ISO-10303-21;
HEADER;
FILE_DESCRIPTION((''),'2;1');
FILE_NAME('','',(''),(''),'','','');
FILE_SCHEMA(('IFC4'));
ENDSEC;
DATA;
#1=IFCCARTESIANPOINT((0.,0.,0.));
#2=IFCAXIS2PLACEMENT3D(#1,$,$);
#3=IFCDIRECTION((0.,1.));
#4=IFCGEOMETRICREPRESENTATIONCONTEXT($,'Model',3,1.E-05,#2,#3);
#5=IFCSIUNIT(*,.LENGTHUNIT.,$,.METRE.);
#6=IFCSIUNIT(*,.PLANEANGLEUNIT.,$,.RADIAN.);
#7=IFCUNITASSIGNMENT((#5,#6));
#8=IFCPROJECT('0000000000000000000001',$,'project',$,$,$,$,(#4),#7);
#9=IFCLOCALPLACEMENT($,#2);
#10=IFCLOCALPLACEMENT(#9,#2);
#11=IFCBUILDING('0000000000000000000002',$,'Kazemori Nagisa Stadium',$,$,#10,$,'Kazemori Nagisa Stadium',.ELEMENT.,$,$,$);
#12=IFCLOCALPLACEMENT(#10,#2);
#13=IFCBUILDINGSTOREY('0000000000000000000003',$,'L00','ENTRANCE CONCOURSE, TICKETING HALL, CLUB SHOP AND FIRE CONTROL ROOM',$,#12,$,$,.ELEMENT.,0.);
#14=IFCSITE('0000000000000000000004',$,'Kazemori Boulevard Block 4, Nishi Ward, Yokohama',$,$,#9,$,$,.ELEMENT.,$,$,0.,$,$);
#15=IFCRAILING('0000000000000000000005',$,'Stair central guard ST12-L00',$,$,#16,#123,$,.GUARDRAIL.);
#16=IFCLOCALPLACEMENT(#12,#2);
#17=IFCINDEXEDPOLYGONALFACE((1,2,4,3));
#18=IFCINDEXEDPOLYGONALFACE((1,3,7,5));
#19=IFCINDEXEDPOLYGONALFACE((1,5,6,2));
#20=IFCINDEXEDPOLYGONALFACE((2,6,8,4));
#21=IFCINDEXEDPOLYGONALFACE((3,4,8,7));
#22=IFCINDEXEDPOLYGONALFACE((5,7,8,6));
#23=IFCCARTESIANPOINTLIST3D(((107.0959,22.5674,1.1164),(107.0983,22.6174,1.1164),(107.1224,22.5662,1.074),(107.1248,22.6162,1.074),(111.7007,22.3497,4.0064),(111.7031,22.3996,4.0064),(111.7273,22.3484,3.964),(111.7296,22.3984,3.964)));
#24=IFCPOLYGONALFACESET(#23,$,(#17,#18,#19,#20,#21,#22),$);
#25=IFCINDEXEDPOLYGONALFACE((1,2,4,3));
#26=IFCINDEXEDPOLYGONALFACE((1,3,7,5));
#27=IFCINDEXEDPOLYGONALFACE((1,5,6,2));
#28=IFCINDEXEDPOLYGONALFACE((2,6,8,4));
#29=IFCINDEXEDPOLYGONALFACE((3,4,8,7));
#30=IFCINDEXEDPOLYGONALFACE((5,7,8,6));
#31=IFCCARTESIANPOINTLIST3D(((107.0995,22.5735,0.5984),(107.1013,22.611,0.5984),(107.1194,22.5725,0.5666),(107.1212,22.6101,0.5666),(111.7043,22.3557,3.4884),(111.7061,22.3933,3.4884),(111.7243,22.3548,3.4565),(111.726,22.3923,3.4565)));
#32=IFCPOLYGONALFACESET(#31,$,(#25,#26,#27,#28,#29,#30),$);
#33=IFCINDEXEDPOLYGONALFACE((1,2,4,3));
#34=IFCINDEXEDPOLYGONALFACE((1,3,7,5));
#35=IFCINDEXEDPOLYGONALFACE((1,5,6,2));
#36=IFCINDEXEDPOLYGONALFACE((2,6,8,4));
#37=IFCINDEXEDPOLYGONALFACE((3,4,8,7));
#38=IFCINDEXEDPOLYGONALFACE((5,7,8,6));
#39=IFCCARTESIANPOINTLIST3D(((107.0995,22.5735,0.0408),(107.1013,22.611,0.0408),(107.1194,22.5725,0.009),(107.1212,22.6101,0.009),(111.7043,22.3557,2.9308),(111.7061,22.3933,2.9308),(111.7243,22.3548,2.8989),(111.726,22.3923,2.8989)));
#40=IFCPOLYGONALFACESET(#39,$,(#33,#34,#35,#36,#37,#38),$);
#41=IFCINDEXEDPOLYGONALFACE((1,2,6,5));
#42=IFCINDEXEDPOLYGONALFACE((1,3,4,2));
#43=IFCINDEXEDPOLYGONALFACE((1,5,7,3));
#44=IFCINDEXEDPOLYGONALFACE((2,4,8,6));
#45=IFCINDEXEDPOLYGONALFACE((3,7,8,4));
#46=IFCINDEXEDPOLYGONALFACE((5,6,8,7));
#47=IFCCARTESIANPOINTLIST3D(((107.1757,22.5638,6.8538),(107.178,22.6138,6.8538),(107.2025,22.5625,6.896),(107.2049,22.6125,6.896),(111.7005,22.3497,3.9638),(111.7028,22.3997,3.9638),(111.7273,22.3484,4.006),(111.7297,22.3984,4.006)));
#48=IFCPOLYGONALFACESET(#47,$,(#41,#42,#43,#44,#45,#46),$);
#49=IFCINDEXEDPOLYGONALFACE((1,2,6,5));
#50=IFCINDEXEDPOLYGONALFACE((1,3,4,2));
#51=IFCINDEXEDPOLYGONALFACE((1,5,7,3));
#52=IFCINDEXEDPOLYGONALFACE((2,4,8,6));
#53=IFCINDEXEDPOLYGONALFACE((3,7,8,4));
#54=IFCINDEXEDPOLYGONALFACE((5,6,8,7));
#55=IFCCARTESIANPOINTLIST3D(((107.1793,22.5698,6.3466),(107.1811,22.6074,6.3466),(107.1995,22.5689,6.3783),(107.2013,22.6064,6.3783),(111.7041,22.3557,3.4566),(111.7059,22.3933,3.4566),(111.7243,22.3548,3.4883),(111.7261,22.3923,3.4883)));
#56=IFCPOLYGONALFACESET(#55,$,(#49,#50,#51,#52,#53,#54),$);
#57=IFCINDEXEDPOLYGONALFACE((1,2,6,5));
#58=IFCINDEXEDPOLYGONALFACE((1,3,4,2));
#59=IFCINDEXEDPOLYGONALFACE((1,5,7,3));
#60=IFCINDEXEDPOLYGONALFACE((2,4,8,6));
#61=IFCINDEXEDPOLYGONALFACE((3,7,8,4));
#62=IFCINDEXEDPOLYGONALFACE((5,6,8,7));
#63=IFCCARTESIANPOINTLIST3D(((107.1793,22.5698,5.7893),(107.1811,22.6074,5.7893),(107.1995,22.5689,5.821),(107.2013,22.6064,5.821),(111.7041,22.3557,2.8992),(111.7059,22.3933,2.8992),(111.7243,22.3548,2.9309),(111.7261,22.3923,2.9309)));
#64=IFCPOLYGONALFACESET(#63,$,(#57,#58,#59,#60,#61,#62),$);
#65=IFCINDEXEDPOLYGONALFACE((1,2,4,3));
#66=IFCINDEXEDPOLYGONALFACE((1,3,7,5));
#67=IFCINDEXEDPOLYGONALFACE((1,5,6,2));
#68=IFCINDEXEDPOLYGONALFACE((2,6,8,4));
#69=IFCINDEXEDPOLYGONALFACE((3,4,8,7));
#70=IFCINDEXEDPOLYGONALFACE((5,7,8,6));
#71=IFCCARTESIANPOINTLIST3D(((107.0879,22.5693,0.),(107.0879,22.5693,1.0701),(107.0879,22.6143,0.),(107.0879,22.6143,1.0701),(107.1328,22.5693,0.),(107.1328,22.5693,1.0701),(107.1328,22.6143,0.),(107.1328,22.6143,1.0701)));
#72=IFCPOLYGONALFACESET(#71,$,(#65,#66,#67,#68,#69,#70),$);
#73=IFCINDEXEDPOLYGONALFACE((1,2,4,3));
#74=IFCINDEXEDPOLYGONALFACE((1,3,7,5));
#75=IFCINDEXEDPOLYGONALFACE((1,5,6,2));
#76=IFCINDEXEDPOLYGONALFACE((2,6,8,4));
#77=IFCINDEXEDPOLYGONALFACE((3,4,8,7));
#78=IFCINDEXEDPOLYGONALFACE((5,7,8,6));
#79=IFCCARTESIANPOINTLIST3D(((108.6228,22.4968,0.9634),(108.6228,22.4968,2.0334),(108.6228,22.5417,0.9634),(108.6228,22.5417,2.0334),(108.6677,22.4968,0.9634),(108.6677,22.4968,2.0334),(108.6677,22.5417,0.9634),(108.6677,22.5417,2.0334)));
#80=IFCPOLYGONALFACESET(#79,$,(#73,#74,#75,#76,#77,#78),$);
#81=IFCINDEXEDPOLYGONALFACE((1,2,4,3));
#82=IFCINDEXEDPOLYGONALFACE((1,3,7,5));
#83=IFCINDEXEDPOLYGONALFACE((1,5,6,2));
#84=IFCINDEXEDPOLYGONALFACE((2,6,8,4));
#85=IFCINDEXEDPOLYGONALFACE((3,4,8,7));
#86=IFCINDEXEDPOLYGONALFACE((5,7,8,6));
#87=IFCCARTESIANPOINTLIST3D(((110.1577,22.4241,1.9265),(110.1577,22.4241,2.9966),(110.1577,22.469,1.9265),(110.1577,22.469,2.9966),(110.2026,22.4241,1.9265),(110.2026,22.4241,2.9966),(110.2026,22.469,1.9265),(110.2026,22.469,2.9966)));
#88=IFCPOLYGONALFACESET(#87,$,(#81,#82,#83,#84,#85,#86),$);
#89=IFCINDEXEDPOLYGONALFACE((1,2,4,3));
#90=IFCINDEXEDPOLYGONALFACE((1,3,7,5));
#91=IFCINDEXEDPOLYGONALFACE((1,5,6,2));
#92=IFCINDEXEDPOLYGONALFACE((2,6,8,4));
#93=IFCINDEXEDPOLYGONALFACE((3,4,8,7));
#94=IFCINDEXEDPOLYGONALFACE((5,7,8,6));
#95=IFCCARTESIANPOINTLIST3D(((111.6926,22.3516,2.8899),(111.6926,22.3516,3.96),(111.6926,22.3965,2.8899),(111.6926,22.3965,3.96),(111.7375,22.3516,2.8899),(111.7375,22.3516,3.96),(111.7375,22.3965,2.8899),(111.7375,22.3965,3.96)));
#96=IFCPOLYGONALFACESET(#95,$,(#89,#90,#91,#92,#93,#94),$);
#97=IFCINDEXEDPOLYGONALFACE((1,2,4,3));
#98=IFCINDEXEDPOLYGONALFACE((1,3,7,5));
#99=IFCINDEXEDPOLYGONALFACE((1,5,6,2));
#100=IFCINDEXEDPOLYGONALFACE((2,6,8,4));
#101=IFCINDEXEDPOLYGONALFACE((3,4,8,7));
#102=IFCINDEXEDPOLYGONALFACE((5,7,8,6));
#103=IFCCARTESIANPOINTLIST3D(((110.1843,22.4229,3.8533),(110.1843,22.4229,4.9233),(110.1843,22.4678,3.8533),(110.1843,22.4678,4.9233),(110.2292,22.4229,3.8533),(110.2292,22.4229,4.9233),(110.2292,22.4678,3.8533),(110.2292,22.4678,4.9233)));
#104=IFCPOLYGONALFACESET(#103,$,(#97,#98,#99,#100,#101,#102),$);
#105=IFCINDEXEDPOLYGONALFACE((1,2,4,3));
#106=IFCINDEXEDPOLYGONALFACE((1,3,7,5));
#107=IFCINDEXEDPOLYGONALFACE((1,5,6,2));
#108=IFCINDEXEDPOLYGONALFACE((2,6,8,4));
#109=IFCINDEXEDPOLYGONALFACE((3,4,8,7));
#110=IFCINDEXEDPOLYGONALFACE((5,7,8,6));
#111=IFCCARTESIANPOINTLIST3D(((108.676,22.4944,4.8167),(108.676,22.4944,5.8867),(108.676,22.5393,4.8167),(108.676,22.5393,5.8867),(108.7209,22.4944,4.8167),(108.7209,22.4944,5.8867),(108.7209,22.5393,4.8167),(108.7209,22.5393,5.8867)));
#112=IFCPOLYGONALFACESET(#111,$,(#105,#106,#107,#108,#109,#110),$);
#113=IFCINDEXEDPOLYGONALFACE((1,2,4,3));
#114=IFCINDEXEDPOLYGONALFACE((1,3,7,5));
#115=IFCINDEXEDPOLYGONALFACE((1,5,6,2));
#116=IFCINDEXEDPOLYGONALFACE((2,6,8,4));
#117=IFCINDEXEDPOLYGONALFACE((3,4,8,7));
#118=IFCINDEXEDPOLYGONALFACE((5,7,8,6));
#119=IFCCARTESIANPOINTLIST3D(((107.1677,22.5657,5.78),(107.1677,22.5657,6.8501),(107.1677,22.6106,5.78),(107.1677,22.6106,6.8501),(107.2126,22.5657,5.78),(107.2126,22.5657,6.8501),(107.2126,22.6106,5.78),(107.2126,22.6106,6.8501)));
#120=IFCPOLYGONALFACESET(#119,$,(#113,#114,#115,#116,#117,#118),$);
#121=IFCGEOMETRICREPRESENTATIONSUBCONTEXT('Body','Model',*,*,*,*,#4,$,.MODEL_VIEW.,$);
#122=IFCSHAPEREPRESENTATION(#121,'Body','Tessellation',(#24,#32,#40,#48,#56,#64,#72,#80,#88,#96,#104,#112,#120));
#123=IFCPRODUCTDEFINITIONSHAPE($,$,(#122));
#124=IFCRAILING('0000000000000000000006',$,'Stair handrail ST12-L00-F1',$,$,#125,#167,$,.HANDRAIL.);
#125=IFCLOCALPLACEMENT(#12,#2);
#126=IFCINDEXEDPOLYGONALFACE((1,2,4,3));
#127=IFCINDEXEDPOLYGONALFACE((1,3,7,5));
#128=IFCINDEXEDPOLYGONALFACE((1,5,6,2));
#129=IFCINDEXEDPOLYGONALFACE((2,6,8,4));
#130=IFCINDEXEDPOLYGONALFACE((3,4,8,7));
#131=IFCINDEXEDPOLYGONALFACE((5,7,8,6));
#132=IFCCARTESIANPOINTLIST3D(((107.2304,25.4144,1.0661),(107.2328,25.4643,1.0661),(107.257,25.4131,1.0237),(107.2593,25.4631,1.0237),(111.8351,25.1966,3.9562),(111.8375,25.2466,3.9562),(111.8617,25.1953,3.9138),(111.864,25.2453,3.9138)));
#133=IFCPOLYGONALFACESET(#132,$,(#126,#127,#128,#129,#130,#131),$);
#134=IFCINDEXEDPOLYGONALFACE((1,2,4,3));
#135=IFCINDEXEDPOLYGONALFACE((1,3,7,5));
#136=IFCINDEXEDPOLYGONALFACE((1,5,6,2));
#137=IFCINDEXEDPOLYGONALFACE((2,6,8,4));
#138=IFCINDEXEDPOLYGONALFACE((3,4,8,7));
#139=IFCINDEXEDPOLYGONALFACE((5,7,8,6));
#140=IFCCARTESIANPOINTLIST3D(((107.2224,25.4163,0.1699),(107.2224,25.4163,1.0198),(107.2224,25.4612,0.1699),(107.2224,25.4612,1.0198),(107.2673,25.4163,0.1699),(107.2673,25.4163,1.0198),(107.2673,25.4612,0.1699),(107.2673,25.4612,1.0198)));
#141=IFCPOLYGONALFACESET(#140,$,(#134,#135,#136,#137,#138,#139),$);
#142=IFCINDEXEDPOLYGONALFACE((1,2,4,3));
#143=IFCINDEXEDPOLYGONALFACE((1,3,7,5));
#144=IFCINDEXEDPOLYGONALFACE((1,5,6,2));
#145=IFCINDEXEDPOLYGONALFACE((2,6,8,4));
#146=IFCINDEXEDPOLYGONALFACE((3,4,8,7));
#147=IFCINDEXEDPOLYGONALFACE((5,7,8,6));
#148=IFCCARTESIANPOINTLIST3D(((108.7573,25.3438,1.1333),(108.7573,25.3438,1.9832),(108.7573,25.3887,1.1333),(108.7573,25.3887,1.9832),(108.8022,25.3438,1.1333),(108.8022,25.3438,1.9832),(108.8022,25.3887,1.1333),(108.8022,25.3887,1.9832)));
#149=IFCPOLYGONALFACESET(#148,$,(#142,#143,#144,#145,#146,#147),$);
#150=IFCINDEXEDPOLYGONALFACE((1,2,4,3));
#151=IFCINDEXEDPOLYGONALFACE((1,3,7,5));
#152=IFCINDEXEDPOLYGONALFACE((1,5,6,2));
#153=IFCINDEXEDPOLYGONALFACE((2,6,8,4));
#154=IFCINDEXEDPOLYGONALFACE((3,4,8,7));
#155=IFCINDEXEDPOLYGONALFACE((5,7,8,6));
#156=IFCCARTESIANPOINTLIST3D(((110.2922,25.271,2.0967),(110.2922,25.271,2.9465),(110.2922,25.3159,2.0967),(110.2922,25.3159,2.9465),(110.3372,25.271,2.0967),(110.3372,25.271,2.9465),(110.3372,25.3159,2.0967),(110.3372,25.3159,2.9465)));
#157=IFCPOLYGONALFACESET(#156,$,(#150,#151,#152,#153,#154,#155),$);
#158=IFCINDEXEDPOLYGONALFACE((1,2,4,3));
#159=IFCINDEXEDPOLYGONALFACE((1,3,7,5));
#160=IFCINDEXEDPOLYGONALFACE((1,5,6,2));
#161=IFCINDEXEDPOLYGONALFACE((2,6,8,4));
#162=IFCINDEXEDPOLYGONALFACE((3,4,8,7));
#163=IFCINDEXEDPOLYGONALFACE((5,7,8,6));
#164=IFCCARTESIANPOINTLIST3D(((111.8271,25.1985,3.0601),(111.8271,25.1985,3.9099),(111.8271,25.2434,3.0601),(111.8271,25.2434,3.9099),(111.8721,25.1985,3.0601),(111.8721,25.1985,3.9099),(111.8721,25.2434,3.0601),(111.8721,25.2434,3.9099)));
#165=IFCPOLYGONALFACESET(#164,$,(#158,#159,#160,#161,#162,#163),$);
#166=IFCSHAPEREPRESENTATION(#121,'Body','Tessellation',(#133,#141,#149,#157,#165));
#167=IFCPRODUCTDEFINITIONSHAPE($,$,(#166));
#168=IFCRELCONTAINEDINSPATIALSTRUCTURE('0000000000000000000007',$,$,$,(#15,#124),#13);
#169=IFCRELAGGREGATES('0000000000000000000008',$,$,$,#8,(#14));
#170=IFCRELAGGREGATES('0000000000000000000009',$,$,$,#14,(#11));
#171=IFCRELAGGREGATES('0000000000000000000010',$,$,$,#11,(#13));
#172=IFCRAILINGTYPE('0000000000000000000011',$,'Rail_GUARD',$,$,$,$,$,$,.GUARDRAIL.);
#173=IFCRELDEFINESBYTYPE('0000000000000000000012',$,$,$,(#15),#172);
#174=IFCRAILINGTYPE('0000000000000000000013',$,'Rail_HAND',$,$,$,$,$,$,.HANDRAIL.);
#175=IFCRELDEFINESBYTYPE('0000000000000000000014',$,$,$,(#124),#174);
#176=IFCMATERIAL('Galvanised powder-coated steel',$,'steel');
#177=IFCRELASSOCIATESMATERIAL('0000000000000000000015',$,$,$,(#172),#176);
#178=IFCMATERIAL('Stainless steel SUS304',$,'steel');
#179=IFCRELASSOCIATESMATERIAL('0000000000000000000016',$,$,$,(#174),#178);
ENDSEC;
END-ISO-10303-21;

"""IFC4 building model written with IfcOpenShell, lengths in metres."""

from ifc_helpers import new_model, si_unit, direction, frame, origin, origin_2d, place, context, subcontext, project, spatial, rectangle, extrude, material, type_object, element, save


model = new_model("IFC4")

# Units and contexts
model_context = context("Model", 3, precision=1e-05, world=origin(), true_north=direction((0.0, 1.0)))
body_context = subcontext(model_context, "Body", "Model", "MODEL_VIEW")
ifc_project = project(units=[si_unit("LENGTHUNIT", "METRE"), si_unit("PLANEANGLEUNIT", "RADIAN")], contexts=[model_context])

# Site, building, storey
site_placement = place(None, origin())
site = spatial("IfcSite", under=ifc_project, at=site_placement, Name="Kazemori Boulevard Block 4, Nishi Ward, Yokohama", CompositionType="ELEMENT", RefElevation=0.0)
building_placement = place(site_placement, origin())
building = spatial("IfcBuilding", under=site, at=building_placement, Name="Kazemori Nagisa Stadium", LongName="Kazemori Nagisa Stadium", CompositionType="ELEMENT")
storey_placement = place(building_placement, origin())
storey = spatial("IfcBuildingStorey", under=building, at=storey_placement, Name="L00", Description="ENTRANCE CONCOURSE, TICKETING HALL, CLUB SHOP AND FIRE CONTROL ROOM", CompositionType="ELEMENT", Elevation=0.0)

# Railings
ifc_material_1 = material(Name="Galvanised powder-coated steel", Category="steel")
railing_type_1 = type_object("IfcRailingType", Name="Rail_GUARD", PredefinedType="GUARDRAIL", material=ifc_material_1)
railing_1_placement = place(storey_placement, frame((107.1104, 22.5918, 0.0)))
element("IfcRailing", 1, at=railing_1_placement, inside=storey, type_object=railing_type_1, Name="Stair central guard ST12-L00", PredefinedType="GUARDRAIL", context=body_context, shape_type="SweptSolid", body=[
    extrude(rectangle(XDim=0.05, YDim=0.05, at=origin_2d()), frame((0.0, 0.0, 1.0952), z_axis=(0.846332, -0.040026, 0.53115), x_axis=(0.047241, 0.998884, 0.0)), (0.0, 0.0, 1.0), 5.4409),
    extrude(rectangle(XDim=0.0376, YDim=0.0376, at=origin_2d()), frame((0.0, 0.0, 0.5825), z_axis=(0.846332, -0.040026, 0.53115), x_axis=(0.047241, 0.998884, 0.0)), (0.0, 0.0, 1.0), 5.4409),
    extrude(rectangle(XDim=0.0376, YDim=0.0376, at=origin_2d()), frame((0.0, 0.0, 0.0249), z_axis=(0.846332, -0.040026, 0.53115), x_axis=(0.047241, 0.998884, 0.0)), (0.0, 0.0, 1.0), 5.4409),
    extrude(rectangle(XDim=0.05, YDim=0.05, at=origin_2d()), frame((4.6047, -0.2178, 3.9849), z_axis=(-0.842092, 0.039846, 0.53786), x_axis=(-0.047266, -0.998882, 0.0)), (0.0, 0.0, 1.0), 5.3733),
    extrude(rectangle(XDim=0.0376, YDim=0.0376, at=origin_2d()), frame((4.6047, -0.2178, 3.4724), z_axis=(-0.842092, 0.039846, 0.53786), x_axis=(-0.047266, -0.998882, 0.0)), (0.0, 0.0, 1.0), 5.3733),
    extrude(rectangle(XDim=0.0376, YDim=0.0376, at=origin_2d()), frame((4.6047, -0.2178, 2.915), z_axis=(-0.842092, 0.039846, 0.53786), x_axis=(-0.047266, -0.998882, 0.0)), (0.0, 0.0, 1.0), 5.3733),
    extrude(rectangle(XDim=0.0449, YDim=0.0449, at=origin_2d()), origin(), (0.0, 0.0, 1.0), 1.0701),
    extrude(rectangle(XDim=0.0449, YDim=0.0449, at=origin_2d()), frame((1.5349, -0.0725, 0.9634)), (0.0, 0.0, 1.0), 1.0701),
    extrude(rectangle(XDim=0.0449, YDim=0.0449, at=origin_2d()), frame((3.0698, -0.1453, 1.9265)), (0.0, 0.0, 1.0), 1.0701),
    extrude(rectangle(XDim=0.0449, YDim=0.0449, at=origin_2d()), frame((4.6047, -0.2178, 2.8899)), (0.0, 0.0, 1.0), 1.0701),
    extrude(rectangle(XDim=0.0449, YDim=0.0449, at=origin_2d()), frame((3.0964, -0.1465, 3.8533)), (0.0, 0.0, 1.0), 1.0701),
    extrude(rectangle(XDim=0.0449, YDim=0.0449, at=origin_2d()), frame((1.5881, -0.075, 4.8167)), (0.0, 0.0, 1.0), 1.0701),
    extrude(rectangle(XDim=0.0449, YDim=0.0449, at=origin_2d()), frame((0.0798, -0.0037, 5.78)), (0.0, 0.0, 1.0), 1.0701),
])
ifc_material_2 = material(Name="Stainless steel SUS304", Category="steel")
railing_type_2 = type_object("IfcRailingType", Name="Rail_HAND", PredefinedType="HANDRAIL", material=ifc_material_2)
railing_2_placement = place(storey_placement, frame((107.2449, 25.4387, 0.1699)))
element("IfcRailing", 2, at=railing_2_placement, inside=storey, type_object=railing_type_2, Name="Stair handrail ST12-L00-F1", PredefinedType="HANDRAIL", context=body_context, shape_type="SweptSolid", body=[
    extrude(rectangle(XDim=0.05, YDim=0.05, at=origin_2d()), frame((0.0, 0.0, 0.875), z_axis=(0.846311, -0.040025, 0.531183), x_axis=(0.047241, 0.998884, 0.0)), (0.0, 0.0, 1.0), 5.4409),
    extrude(rectangle(XDim=0.0449, YDim=0.0449, at=origin_2d()), origin(), (0.0, 0.0, 1.0), 0.8499),
    extrude(rectangle(XDim=0.0449, YDim=0.0449, at=origin_2d()), frame((1.5349, -0.0725, 0.9634)), (0.0, 0.0, 1.0), 0.8499),
    extrude(rectangle(XDim=0.0449, YDim=0.0449, at=origin_2d()), frame((3.0698, -0.1453, 1.9268)), (0.0, 0.0, 1.0), 0.8499),
    extrude(rectangle(XDim=0.0449, YDim=0.0449, at=origin_2d()), frame((4.6047, -0.2178, 2.8901)), (0.0, 0.0, 1.0), 0.8499),
])

save(model, "model.ifc")
